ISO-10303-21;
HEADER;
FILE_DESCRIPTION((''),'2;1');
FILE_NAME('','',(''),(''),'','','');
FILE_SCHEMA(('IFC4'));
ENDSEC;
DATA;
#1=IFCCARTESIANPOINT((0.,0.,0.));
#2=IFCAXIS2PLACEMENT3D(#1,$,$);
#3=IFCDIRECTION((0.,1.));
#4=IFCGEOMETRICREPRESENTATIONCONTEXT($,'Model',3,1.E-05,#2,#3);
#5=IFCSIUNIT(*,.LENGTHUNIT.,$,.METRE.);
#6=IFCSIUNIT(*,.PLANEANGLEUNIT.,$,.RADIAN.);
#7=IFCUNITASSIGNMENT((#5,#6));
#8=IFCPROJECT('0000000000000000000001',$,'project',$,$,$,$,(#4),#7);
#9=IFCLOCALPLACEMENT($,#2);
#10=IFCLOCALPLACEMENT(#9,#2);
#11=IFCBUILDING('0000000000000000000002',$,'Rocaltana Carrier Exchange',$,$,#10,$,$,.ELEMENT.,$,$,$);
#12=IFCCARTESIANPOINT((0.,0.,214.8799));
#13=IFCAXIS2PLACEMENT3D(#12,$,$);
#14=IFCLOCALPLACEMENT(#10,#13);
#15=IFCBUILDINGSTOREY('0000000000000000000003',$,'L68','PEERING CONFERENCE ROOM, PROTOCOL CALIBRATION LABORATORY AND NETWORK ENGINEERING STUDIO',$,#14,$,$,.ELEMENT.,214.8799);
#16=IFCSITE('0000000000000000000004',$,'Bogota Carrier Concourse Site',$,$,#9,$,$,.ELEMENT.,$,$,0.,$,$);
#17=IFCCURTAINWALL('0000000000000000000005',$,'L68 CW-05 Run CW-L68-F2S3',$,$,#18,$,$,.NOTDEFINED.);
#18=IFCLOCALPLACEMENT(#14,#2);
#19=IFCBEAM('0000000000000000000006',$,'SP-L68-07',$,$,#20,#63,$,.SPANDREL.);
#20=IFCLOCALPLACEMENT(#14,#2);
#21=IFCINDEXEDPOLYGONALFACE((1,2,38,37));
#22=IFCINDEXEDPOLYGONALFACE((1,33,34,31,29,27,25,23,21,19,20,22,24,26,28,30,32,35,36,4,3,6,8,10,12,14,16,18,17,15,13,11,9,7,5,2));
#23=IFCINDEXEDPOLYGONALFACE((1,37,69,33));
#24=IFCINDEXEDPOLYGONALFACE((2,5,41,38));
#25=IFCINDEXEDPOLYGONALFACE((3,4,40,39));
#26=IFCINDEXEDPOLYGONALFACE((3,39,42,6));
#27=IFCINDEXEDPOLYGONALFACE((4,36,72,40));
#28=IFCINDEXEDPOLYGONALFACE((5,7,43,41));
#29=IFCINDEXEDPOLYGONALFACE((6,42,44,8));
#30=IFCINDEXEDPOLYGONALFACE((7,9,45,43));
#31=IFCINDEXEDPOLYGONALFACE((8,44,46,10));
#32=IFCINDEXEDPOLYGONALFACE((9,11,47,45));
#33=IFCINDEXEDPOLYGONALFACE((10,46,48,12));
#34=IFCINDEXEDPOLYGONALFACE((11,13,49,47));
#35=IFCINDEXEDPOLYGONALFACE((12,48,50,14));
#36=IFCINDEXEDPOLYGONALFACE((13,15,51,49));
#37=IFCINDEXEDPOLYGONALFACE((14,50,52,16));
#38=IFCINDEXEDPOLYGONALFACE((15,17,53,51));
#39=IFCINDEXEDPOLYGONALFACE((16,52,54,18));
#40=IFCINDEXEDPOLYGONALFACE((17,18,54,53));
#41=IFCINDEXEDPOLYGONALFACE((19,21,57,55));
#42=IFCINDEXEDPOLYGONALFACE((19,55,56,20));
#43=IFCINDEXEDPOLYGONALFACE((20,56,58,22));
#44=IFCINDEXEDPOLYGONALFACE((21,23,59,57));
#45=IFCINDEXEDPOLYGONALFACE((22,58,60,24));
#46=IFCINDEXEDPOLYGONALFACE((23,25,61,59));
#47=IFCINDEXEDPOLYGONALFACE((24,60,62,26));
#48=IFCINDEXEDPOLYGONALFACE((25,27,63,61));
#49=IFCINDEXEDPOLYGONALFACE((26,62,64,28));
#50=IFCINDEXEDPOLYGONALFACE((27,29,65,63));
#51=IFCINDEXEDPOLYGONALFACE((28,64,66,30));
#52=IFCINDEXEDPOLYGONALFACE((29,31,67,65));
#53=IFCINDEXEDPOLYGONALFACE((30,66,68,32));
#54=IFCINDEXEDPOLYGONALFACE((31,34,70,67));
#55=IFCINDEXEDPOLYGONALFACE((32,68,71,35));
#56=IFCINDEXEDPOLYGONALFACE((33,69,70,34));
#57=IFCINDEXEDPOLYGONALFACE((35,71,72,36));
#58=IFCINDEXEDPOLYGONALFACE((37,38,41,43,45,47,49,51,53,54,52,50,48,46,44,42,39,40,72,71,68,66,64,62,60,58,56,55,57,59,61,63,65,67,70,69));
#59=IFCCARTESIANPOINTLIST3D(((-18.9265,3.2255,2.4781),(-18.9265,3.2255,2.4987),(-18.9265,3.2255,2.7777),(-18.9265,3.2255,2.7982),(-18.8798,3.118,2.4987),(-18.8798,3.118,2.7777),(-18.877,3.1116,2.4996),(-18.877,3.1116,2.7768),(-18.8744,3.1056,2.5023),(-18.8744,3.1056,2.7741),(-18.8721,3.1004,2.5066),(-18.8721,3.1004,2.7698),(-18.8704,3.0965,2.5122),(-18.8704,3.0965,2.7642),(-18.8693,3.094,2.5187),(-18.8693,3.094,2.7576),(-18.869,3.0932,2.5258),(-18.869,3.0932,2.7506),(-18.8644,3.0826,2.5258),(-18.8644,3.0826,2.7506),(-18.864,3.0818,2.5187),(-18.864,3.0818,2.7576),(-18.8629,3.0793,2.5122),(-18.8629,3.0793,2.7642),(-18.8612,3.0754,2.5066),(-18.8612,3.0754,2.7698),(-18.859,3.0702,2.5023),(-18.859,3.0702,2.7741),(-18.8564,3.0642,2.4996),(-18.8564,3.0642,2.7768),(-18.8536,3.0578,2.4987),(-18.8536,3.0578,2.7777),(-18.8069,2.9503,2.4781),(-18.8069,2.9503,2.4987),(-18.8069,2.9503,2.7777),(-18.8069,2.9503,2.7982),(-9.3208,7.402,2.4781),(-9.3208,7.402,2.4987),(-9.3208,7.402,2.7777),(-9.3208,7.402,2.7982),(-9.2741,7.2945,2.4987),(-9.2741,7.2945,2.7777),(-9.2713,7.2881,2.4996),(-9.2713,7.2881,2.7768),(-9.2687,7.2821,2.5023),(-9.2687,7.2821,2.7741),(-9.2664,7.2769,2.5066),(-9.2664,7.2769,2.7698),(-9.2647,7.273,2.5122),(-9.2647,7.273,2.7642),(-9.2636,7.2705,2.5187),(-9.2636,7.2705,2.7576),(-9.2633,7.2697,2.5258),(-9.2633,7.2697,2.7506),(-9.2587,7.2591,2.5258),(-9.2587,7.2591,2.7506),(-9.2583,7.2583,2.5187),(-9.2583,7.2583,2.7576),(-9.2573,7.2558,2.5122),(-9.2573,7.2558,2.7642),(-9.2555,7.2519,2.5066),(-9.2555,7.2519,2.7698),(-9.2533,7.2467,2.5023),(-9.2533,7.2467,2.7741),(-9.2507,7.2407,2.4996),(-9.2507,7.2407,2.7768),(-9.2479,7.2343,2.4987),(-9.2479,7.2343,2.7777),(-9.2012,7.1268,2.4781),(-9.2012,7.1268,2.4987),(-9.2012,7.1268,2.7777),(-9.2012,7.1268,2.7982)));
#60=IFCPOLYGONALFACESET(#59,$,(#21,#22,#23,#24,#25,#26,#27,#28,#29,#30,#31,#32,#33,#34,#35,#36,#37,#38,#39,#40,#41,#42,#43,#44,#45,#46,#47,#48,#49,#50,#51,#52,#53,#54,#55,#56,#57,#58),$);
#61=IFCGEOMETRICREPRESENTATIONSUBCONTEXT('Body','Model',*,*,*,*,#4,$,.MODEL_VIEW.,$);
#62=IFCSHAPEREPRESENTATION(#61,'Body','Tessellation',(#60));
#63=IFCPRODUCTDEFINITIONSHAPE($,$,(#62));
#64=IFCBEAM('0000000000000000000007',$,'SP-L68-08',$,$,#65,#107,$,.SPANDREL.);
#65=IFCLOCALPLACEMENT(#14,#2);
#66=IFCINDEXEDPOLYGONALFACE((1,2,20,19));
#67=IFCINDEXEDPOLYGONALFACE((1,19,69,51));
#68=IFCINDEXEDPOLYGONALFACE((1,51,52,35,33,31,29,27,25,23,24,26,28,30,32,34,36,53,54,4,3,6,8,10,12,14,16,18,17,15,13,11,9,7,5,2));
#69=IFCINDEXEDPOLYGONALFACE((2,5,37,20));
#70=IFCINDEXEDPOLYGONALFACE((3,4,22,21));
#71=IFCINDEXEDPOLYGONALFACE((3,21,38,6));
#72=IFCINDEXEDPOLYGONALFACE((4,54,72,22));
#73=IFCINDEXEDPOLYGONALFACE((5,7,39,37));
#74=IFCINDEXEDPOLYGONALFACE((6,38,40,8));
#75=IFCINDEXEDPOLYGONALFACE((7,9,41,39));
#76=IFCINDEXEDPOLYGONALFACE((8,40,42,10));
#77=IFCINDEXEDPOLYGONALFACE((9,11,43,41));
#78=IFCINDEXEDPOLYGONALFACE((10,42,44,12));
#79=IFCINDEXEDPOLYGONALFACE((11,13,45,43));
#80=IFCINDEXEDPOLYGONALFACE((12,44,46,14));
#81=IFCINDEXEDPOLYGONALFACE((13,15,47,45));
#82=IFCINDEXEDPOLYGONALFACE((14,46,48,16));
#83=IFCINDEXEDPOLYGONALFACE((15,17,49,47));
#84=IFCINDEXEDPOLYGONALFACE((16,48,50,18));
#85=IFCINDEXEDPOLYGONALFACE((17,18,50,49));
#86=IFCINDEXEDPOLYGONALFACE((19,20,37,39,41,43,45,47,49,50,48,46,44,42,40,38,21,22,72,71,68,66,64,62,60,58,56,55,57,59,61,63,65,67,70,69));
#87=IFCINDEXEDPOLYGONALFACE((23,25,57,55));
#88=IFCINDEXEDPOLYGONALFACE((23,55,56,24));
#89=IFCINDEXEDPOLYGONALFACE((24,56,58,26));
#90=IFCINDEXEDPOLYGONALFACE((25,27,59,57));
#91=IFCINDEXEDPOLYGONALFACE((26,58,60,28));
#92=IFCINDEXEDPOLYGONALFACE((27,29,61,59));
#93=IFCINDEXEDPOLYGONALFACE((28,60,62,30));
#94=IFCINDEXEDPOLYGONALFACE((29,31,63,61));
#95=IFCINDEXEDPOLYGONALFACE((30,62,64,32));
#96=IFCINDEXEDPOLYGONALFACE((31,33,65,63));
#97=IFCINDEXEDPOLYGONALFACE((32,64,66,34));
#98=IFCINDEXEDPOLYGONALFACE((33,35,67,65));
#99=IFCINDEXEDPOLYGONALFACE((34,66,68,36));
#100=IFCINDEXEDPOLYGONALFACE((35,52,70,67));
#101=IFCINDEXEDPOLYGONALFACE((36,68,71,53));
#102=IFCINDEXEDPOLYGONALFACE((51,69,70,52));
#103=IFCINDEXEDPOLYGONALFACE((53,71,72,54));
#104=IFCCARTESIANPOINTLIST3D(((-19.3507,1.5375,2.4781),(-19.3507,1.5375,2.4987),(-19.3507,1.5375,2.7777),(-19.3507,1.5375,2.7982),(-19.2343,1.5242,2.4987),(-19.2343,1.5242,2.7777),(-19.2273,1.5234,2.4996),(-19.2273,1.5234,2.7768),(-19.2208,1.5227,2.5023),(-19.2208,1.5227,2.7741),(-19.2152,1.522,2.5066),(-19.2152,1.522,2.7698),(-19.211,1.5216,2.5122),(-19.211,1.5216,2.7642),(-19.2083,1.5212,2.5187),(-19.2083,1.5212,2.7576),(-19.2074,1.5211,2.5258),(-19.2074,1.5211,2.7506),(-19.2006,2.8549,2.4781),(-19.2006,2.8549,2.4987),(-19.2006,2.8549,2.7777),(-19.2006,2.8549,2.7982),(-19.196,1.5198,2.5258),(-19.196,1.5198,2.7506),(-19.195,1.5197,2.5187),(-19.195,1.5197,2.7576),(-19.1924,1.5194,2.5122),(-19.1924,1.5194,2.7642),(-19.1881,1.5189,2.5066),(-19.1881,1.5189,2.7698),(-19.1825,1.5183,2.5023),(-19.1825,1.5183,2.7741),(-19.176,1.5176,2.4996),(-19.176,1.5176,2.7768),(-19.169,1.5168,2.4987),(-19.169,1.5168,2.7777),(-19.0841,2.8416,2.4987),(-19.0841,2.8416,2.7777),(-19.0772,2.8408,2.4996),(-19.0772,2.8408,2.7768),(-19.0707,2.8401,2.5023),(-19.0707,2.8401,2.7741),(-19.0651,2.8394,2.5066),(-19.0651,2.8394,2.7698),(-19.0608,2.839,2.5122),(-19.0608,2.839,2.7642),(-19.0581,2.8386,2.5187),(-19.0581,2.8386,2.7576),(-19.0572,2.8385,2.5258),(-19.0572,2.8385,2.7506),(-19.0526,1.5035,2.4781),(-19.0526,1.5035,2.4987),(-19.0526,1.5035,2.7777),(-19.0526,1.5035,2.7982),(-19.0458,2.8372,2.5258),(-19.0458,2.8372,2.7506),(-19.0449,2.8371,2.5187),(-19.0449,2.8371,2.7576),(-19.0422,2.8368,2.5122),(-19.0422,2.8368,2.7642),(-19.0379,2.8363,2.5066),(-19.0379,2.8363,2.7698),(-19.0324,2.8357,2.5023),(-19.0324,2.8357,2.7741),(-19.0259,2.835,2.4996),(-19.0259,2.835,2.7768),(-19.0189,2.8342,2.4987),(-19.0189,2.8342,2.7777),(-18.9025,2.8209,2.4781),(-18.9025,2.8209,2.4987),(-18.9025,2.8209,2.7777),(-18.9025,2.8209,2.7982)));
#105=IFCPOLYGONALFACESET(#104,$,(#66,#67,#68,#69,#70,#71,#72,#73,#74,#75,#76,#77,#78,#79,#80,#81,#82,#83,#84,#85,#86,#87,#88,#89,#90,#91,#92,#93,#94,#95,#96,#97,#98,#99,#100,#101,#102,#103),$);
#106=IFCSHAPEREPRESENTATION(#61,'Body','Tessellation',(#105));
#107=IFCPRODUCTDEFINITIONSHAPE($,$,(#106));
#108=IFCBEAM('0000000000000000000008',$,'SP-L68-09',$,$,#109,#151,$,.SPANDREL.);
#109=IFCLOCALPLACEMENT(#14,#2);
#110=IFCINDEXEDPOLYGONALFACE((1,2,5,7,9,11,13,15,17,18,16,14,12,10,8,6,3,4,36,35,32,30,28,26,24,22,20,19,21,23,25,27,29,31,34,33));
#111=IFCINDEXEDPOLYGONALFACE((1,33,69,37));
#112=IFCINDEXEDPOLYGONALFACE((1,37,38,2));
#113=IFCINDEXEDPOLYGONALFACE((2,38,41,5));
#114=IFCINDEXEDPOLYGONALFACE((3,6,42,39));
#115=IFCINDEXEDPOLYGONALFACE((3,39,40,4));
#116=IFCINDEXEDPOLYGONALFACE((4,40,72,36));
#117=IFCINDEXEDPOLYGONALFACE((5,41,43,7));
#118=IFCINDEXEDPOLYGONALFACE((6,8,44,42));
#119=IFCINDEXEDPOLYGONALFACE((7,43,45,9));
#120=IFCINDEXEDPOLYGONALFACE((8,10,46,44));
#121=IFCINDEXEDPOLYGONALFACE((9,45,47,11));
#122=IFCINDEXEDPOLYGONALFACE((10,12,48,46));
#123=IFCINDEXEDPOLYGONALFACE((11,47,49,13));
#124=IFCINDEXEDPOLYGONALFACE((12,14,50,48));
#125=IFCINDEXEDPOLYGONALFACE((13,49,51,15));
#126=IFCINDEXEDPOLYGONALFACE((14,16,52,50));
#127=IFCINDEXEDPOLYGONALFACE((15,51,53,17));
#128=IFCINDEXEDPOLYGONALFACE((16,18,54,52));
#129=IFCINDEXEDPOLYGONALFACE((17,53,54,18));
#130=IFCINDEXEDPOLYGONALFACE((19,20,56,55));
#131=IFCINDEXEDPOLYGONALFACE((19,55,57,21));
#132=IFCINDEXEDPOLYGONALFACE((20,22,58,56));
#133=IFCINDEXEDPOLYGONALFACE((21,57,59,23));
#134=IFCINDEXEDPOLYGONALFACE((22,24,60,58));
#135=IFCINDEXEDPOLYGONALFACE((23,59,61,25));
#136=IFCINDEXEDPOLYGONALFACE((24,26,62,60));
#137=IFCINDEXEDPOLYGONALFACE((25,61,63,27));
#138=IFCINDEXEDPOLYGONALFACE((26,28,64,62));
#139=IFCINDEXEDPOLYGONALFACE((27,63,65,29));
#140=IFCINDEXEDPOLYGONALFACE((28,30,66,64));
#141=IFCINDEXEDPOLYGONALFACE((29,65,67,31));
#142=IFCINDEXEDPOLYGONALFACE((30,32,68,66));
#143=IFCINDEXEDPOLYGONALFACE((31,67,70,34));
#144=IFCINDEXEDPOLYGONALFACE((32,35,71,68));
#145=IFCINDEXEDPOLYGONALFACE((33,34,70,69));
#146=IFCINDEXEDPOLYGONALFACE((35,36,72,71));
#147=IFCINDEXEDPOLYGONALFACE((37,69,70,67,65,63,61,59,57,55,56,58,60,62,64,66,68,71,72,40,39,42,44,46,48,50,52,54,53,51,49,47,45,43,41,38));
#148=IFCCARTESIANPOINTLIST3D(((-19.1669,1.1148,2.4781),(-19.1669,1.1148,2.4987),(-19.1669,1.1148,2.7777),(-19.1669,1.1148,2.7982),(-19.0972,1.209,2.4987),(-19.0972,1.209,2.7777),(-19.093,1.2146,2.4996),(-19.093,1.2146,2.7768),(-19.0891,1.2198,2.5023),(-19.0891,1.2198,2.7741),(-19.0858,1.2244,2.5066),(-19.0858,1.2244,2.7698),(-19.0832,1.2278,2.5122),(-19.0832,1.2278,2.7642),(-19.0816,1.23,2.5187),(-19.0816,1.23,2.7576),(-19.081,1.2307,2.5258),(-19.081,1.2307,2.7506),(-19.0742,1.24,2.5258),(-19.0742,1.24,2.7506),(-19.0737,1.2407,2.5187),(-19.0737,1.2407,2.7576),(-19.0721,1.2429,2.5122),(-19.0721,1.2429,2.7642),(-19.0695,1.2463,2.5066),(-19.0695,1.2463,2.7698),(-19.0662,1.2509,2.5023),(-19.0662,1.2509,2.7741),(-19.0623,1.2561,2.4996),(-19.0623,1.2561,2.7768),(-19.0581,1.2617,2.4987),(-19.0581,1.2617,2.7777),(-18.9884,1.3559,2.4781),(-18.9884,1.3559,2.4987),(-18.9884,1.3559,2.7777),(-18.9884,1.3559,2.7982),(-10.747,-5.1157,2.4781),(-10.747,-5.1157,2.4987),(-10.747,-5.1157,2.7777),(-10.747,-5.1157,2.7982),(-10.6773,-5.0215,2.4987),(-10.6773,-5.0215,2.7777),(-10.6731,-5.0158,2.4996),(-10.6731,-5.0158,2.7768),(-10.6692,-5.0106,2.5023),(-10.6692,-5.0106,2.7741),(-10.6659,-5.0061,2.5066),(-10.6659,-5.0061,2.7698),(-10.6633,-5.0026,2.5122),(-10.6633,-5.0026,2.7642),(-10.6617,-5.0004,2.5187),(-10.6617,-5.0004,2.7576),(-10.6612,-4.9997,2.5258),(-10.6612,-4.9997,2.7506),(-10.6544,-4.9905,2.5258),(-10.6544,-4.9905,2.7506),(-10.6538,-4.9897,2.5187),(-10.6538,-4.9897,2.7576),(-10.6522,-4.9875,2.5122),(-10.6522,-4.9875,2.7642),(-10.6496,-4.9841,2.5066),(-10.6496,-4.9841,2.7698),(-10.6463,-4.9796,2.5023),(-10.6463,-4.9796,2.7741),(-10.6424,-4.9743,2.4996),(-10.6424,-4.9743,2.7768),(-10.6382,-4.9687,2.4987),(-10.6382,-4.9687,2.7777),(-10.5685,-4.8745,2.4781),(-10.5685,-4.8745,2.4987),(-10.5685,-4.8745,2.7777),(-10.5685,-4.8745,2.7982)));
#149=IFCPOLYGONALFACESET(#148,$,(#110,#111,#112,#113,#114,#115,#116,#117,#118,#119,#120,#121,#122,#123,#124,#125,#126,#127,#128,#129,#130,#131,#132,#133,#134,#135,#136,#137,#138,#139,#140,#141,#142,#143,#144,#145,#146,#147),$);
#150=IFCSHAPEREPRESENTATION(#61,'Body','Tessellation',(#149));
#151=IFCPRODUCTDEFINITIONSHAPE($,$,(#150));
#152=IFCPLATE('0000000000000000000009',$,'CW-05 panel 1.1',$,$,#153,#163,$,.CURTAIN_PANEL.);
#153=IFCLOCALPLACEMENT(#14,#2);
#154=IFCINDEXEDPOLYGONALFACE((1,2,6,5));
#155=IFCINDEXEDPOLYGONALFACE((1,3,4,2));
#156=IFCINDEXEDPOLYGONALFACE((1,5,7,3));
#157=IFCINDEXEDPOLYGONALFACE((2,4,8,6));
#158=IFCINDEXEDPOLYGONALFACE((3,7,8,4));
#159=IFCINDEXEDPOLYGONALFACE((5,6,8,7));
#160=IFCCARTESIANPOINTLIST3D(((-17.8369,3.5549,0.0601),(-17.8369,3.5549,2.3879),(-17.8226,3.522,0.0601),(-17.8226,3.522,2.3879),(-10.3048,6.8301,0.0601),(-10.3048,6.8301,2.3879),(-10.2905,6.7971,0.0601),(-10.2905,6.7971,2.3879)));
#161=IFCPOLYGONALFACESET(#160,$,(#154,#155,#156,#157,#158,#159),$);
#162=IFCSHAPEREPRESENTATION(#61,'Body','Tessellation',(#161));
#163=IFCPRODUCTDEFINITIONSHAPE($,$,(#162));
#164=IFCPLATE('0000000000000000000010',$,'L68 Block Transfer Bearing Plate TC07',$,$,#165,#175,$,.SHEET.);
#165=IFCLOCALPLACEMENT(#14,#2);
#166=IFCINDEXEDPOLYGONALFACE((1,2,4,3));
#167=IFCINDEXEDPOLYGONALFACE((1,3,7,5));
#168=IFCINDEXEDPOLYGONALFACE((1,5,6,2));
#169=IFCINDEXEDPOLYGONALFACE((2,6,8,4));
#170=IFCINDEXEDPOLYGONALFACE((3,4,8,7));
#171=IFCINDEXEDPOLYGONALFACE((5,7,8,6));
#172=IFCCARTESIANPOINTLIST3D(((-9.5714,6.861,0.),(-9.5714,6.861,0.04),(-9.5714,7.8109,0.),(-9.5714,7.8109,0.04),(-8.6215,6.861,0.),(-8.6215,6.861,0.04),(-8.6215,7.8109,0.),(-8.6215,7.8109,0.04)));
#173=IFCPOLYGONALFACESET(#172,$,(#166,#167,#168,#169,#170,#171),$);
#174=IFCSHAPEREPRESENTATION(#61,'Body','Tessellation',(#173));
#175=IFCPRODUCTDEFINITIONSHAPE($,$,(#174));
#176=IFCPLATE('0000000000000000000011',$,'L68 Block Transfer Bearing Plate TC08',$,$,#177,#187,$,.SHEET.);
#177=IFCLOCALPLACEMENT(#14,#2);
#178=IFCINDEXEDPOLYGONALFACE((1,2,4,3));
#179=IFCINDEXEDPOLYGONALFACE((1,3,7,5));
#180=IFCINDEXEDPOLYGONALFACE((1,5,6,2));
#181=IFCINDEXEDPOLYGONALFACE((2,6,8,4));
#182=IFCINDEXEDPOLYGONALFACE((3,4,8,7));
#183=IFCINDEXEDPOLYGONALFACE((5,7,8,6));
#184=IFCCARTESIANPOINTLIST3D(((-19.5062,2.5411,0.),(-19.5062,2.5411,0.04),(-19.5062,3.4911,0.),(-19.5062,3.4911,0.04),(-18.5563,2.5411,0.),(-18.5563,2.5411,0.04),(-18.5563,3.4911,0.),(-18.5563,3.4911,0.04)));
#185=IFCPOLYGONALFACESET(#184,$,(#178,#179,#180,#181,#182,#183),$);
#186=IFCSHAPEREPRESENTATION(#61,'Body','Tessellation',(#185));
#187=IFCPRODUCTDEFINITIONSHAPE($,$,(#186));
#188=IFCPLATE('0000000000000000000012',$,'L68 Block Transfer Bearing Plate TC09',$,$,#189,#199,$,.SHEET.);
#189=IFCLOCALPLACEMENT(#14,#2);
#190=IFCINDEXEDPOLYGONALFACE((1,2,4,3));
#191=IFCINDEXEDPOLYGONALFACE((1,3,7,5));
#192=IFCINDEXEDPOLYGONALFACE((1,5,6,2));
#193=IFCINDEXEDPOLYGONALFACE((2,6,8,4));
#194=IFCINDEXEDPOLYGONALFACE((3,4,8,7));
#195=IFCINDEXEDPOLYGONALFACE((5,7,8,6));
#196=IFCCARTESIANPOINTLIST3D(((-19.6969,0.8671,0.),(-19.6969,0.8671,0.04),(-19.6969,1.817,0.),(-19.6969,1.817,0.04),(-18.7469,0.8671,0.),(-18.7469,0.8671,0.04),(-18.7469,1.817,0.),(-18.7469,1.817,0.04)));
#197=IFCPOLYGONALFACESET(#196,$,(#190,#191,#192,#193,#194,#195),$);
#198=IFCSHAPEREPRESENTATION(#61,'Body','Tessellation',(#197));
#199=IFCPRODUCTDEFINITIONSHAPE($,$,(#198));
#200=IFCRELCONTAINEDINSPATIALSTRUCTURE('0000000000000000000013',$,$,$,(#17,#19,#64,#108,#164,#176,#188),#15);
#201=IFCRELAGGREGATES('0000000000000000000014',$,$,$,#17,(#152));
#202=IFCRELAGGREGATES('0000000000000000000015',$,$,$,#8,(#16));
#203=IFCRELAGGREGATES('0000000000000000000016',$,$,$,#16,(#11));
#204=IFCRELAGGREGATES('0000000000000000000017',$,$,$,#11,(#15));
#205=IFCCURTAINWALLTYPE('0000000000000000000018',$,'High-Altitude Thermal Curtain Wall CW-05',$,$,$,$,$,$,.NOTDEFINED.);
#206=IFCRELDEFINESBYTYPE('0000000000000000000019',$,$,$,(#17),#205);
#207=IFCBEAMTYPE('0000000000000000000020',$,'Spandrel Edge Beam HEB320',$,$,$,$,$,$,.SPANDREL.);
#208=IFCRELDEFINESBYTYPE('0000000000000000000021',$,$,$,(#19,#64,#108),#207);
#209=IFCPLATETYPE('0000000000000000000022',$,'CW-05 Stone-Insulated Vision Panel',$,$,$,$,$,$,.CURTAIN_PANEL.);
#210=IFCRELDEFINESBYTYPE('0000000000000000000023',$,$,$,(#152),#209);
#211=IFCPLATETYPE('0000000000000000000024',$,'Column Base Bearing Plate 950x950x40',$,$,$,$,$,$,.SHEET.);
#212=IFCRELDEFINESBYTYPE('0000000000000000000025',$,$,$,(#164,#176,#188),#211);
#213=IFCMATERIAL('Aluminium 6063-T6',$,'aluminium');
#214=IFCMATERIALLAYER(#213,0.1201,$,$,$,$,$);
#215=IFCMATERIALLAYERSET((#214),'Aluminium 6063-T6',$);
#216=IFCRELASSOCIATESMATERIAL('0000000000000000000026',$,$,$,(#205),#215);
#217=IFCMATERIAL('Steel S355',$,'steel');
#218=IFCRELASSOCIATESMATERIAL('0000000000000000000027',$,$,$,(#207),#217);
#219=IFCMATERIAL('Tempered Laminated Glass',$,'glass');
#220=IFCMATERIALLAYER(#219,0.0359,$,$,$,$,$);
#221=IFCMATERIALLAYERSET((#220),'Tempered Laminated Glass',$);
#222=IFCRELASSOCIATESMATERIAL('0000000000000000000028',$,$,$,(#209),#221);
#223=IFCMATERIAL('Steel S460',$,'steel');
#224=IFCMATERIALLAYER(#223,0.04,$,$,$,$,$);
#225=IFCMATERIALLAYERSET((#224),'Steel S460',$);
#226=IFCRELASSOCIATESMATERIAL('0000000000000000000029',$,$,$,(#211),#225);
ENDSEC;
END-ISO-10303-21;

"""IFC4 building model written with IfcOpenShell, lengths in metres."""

from ifc_helpers import new_model, si_unit, direction, frame, origin, origin_2d, place, context, subcontext, project, spatial, rectangle, i_section, extrude, material, layer, layer_set, material_profile, profile_set, type_object, element, aggregate, save


model = new_model("IFC4")

# Units and contexts
model_context = context("Model", 3, precision=1e-05, world=origin(), true_north=direction((0.0, 1.0)))
body_context = subcontext(model_context, "Body", "Model", "MODEL_VIEW")
ifc_project = project(units=[si_unit("LENGTHUNIT", "METRE"), si_unit("PLANEANGLEUNIT", "RADIAN")], contexts=[model_context])

# Site, building, storey
site_placement = place(None, origin())
site = spatial("IfcSite", under=ifc_project, at=site_placement, Name="Bogota Carrier Concourse Site", CompositionType="ELEMENT", RefElevation=0.0)
building_placement = place(site_placement, origin())
building = spatial("IfcBuilding", under=site, at=building_placement, Name="Rocaltana Carrier Exchange", CompositionType="ELEMENT")
storey_placement = place(building_placement, frame((0.0, 0.0, 214.8799)))
storey = spatial("IfcBuildingStorey", under=building, at=storey_placement, Name="L68", Description="PEERING CONFERENCE ROOM, PROTOCOL CALIBRATION LABORATORY AND NETWORK ENGINEERING STUDIO", CompositionType="ELEMENT", Elevation=214.8799)

# Shared definitions
ifc_material_1 = material(Name="Aluminium 6063-T6", Category="aluminium")
ifc_layer_1 = layer(ifc_material_1, 0.1201)
ifc_layer_set_1 = layer_set([ifc_layer_1], Name="Aluminium 6063-T6")
curtain_wall_type = type_object("IfcCurtainWallType", Name="High-Altitude Thermal Curtain Wall CW-05", PredefinedType="NOTDEFINED", material=ifc_layer_set_1)

# Curtain wall
curtain_wall_1_placement = place(storey_placement, origin())
curtain_wall_1 = element("IfcCurtainWall", 1, at=curtain_wall_1_placement, inside=storey, type_object=curtain_wall_type, Name="L68 CW-05 Run CW-L68-F2S3", PredefinedType="NOTDEFINED")

# Beams
ifc_material_2 = material(Name="Steel S355", Category="steel")
ifc_material_profile_1 = material_profile(ifc_material_2, i_section(OverallWidth=0.3, OverallDepth=0.3201, WebThickness=0.0115, FlangeThickness=0.0205, FilletRadius=0.0271, at=origin_2d()), Name="HEB320")
ifc_profile_set_1 = profile_set([ifc_material_profile_1], Name="Steel S355")
beam_type_1 = type_object("IfcBeamType", Name="Spandrel Edge Beam HEB320", PredefinedType="SPANDREL", material=ifc_profile_set_1)
beam_1_placement = place(storey_placement, frame((-9.261, 7.2644, 2.6382), z_axis=(-0.917066, -0.398735, 0.0), x_axis=(0.398735, -0.917066, 0.0)))
element("IfcBeam", 2, at=beam_1_placement, inside=storey, type_object=beam_type_1, Name="SP-L68-07", PredefinedType="SPANDREL", context=body_context, shape_type="SweptSolid", body=[
    extrude(i_section(OverallWidth=0.3, OverallDepth=0.3201, WebThickness=0.0115, FlangeThickness=0.0205, FilletRadius=0.0271, at=origin_2d()), origin(), (0.0, 0.0, 1.0), 10.4744),
])
beam_2_placement = place(storey_placement, frame((-19.0515, 2.8379, 2.6382), z_axis=(-0.11324, -0.993568, 0.0), x_axis=(0.993568, -0.11324, 0.0)))
element("IfcBeam", 3, at=beam_2_placement, inside=storey, type_object=beam_type_1, Name="SP-L68-08", PredefinedType="SPANDREL", context=body_context, shape_type="SweptSolid", body=[
    extrude(i_section(OverallWidth=0.3, OverallDepth=0.3201, WebThickness=0.0115, FlangeThickness=0.0205, FilletRadius=0.0271, at=origin_2d()), origin(), (0.0, 0.0, 1.0), 1.3259),
])
beam_3_placement = place(storey_placement, frame((-19.0776, 1.2354, 2.6382), z_axis=(0.803854, -0.594826, 0.0), x_axis=(0.594826, 0.803854, 0.0)))
element("IfcBeam", 4, at=beam_3_placement, inside=storey, type_object=beam_type_1, Name="SP-L68-09", PredefinedType="SPANDREL", context=body_context, shape_type="SweptSolid", body=[
    extrude(i_section(OverallWidth=0.3, OverallDepth=0.3201, WebThickness=0.0115, FlangeThickness=0.0205, FilletRadius=0.0271, at=origin_2d()), origin(), (0.0, 0.0, 1.0), 10.4744),
])

# Plate
ifc_material_3 = material(Name="Tempered Laminated Glass", Category="glass")
ifc_layer_2 = layer(ifc_material_3, 0.0359)
ifc_layer_set_2 = layer_set([ifc_layer_2], Name="Tempered Laminated Glass")
plate_type_1 = type_object("IfcPlateType", Name="CW-05 Stone-Insulated Vision Panel", PredefinedType="CURTAIN_PANEL", material=ifc_layer_set_2)
plate_placement = place(storey_placement, frame((-14.0637, 5.176, 0.0601), z_axis=(0.0, 0.0, 1.0), x_axis=(-0.917057, -0.398757, 0.0)))
plate = element("IfcPlate", 5, at=plate_placement, type_object=plate_type_1, Name="CW-05 panel 1.1", PredefinedType="CURTAIN_PANEL", context=body_context, shape_type="SweptSolid", body=[
    extrude(rectangle(XDim=8.2134, YDim=0.0359, at=origin_2d()), origin(), (0.0, 0.0, 1.0), 2.3279),
])
aggregate(curtain_wall_1, [plate])

# Plates
ifc_material_4 = material(Name="Steel S460", Category="steel")
ifc_layer_3 = layer(ifc_material_4, 0.04)
ifc_layer_set_3 = layer_set([ifc_layer_3], Name="Steel S460")
plate_type_2 = type_object("IfcPlateType", Name="Column Base Bearing Plate 950x950x40", PredefinedType="SHEET", material=ifc_layer_set_3)
for number, where, z_axis, x_axis, name in (
    (6, (-9.0964, 7.3359, 0.0), (0.0, 0.0, 1.0), (1.0, 0.0, 0.0), "L68 Block Transfer Bearing Plate TC07"),
    (7, (-19.0312, 3.0161, 0.0), (0.0, 0.0, 1.0), (1.0, 0.0, 0.0), "L68 Block Transfer Bearing Plate TC08"),
    (8, (-19.2219, 1.342, 0.0), (0.0, 0.0, 1.0), (1.0, 0.0, 0.0), "L68 Block Transfer Bearing Plate TC09"),
):
    element("IfcPlate", number, at=place(storey_placement, frame(where, z_axis=z_axis, x_axis=x_axis)), inside=storey, type_object=plate_type_2, Name=name, PredefinedType="SHEET", context=body_context, shape_type="SweptSolid", body=[
        extrude(rectangle(XDim=0.95, YDim=0.95, at=origin_2d()), origin(), (0.0, 0.0, 1.0), 0.04),
    ])

save(model, "model.ifc")
